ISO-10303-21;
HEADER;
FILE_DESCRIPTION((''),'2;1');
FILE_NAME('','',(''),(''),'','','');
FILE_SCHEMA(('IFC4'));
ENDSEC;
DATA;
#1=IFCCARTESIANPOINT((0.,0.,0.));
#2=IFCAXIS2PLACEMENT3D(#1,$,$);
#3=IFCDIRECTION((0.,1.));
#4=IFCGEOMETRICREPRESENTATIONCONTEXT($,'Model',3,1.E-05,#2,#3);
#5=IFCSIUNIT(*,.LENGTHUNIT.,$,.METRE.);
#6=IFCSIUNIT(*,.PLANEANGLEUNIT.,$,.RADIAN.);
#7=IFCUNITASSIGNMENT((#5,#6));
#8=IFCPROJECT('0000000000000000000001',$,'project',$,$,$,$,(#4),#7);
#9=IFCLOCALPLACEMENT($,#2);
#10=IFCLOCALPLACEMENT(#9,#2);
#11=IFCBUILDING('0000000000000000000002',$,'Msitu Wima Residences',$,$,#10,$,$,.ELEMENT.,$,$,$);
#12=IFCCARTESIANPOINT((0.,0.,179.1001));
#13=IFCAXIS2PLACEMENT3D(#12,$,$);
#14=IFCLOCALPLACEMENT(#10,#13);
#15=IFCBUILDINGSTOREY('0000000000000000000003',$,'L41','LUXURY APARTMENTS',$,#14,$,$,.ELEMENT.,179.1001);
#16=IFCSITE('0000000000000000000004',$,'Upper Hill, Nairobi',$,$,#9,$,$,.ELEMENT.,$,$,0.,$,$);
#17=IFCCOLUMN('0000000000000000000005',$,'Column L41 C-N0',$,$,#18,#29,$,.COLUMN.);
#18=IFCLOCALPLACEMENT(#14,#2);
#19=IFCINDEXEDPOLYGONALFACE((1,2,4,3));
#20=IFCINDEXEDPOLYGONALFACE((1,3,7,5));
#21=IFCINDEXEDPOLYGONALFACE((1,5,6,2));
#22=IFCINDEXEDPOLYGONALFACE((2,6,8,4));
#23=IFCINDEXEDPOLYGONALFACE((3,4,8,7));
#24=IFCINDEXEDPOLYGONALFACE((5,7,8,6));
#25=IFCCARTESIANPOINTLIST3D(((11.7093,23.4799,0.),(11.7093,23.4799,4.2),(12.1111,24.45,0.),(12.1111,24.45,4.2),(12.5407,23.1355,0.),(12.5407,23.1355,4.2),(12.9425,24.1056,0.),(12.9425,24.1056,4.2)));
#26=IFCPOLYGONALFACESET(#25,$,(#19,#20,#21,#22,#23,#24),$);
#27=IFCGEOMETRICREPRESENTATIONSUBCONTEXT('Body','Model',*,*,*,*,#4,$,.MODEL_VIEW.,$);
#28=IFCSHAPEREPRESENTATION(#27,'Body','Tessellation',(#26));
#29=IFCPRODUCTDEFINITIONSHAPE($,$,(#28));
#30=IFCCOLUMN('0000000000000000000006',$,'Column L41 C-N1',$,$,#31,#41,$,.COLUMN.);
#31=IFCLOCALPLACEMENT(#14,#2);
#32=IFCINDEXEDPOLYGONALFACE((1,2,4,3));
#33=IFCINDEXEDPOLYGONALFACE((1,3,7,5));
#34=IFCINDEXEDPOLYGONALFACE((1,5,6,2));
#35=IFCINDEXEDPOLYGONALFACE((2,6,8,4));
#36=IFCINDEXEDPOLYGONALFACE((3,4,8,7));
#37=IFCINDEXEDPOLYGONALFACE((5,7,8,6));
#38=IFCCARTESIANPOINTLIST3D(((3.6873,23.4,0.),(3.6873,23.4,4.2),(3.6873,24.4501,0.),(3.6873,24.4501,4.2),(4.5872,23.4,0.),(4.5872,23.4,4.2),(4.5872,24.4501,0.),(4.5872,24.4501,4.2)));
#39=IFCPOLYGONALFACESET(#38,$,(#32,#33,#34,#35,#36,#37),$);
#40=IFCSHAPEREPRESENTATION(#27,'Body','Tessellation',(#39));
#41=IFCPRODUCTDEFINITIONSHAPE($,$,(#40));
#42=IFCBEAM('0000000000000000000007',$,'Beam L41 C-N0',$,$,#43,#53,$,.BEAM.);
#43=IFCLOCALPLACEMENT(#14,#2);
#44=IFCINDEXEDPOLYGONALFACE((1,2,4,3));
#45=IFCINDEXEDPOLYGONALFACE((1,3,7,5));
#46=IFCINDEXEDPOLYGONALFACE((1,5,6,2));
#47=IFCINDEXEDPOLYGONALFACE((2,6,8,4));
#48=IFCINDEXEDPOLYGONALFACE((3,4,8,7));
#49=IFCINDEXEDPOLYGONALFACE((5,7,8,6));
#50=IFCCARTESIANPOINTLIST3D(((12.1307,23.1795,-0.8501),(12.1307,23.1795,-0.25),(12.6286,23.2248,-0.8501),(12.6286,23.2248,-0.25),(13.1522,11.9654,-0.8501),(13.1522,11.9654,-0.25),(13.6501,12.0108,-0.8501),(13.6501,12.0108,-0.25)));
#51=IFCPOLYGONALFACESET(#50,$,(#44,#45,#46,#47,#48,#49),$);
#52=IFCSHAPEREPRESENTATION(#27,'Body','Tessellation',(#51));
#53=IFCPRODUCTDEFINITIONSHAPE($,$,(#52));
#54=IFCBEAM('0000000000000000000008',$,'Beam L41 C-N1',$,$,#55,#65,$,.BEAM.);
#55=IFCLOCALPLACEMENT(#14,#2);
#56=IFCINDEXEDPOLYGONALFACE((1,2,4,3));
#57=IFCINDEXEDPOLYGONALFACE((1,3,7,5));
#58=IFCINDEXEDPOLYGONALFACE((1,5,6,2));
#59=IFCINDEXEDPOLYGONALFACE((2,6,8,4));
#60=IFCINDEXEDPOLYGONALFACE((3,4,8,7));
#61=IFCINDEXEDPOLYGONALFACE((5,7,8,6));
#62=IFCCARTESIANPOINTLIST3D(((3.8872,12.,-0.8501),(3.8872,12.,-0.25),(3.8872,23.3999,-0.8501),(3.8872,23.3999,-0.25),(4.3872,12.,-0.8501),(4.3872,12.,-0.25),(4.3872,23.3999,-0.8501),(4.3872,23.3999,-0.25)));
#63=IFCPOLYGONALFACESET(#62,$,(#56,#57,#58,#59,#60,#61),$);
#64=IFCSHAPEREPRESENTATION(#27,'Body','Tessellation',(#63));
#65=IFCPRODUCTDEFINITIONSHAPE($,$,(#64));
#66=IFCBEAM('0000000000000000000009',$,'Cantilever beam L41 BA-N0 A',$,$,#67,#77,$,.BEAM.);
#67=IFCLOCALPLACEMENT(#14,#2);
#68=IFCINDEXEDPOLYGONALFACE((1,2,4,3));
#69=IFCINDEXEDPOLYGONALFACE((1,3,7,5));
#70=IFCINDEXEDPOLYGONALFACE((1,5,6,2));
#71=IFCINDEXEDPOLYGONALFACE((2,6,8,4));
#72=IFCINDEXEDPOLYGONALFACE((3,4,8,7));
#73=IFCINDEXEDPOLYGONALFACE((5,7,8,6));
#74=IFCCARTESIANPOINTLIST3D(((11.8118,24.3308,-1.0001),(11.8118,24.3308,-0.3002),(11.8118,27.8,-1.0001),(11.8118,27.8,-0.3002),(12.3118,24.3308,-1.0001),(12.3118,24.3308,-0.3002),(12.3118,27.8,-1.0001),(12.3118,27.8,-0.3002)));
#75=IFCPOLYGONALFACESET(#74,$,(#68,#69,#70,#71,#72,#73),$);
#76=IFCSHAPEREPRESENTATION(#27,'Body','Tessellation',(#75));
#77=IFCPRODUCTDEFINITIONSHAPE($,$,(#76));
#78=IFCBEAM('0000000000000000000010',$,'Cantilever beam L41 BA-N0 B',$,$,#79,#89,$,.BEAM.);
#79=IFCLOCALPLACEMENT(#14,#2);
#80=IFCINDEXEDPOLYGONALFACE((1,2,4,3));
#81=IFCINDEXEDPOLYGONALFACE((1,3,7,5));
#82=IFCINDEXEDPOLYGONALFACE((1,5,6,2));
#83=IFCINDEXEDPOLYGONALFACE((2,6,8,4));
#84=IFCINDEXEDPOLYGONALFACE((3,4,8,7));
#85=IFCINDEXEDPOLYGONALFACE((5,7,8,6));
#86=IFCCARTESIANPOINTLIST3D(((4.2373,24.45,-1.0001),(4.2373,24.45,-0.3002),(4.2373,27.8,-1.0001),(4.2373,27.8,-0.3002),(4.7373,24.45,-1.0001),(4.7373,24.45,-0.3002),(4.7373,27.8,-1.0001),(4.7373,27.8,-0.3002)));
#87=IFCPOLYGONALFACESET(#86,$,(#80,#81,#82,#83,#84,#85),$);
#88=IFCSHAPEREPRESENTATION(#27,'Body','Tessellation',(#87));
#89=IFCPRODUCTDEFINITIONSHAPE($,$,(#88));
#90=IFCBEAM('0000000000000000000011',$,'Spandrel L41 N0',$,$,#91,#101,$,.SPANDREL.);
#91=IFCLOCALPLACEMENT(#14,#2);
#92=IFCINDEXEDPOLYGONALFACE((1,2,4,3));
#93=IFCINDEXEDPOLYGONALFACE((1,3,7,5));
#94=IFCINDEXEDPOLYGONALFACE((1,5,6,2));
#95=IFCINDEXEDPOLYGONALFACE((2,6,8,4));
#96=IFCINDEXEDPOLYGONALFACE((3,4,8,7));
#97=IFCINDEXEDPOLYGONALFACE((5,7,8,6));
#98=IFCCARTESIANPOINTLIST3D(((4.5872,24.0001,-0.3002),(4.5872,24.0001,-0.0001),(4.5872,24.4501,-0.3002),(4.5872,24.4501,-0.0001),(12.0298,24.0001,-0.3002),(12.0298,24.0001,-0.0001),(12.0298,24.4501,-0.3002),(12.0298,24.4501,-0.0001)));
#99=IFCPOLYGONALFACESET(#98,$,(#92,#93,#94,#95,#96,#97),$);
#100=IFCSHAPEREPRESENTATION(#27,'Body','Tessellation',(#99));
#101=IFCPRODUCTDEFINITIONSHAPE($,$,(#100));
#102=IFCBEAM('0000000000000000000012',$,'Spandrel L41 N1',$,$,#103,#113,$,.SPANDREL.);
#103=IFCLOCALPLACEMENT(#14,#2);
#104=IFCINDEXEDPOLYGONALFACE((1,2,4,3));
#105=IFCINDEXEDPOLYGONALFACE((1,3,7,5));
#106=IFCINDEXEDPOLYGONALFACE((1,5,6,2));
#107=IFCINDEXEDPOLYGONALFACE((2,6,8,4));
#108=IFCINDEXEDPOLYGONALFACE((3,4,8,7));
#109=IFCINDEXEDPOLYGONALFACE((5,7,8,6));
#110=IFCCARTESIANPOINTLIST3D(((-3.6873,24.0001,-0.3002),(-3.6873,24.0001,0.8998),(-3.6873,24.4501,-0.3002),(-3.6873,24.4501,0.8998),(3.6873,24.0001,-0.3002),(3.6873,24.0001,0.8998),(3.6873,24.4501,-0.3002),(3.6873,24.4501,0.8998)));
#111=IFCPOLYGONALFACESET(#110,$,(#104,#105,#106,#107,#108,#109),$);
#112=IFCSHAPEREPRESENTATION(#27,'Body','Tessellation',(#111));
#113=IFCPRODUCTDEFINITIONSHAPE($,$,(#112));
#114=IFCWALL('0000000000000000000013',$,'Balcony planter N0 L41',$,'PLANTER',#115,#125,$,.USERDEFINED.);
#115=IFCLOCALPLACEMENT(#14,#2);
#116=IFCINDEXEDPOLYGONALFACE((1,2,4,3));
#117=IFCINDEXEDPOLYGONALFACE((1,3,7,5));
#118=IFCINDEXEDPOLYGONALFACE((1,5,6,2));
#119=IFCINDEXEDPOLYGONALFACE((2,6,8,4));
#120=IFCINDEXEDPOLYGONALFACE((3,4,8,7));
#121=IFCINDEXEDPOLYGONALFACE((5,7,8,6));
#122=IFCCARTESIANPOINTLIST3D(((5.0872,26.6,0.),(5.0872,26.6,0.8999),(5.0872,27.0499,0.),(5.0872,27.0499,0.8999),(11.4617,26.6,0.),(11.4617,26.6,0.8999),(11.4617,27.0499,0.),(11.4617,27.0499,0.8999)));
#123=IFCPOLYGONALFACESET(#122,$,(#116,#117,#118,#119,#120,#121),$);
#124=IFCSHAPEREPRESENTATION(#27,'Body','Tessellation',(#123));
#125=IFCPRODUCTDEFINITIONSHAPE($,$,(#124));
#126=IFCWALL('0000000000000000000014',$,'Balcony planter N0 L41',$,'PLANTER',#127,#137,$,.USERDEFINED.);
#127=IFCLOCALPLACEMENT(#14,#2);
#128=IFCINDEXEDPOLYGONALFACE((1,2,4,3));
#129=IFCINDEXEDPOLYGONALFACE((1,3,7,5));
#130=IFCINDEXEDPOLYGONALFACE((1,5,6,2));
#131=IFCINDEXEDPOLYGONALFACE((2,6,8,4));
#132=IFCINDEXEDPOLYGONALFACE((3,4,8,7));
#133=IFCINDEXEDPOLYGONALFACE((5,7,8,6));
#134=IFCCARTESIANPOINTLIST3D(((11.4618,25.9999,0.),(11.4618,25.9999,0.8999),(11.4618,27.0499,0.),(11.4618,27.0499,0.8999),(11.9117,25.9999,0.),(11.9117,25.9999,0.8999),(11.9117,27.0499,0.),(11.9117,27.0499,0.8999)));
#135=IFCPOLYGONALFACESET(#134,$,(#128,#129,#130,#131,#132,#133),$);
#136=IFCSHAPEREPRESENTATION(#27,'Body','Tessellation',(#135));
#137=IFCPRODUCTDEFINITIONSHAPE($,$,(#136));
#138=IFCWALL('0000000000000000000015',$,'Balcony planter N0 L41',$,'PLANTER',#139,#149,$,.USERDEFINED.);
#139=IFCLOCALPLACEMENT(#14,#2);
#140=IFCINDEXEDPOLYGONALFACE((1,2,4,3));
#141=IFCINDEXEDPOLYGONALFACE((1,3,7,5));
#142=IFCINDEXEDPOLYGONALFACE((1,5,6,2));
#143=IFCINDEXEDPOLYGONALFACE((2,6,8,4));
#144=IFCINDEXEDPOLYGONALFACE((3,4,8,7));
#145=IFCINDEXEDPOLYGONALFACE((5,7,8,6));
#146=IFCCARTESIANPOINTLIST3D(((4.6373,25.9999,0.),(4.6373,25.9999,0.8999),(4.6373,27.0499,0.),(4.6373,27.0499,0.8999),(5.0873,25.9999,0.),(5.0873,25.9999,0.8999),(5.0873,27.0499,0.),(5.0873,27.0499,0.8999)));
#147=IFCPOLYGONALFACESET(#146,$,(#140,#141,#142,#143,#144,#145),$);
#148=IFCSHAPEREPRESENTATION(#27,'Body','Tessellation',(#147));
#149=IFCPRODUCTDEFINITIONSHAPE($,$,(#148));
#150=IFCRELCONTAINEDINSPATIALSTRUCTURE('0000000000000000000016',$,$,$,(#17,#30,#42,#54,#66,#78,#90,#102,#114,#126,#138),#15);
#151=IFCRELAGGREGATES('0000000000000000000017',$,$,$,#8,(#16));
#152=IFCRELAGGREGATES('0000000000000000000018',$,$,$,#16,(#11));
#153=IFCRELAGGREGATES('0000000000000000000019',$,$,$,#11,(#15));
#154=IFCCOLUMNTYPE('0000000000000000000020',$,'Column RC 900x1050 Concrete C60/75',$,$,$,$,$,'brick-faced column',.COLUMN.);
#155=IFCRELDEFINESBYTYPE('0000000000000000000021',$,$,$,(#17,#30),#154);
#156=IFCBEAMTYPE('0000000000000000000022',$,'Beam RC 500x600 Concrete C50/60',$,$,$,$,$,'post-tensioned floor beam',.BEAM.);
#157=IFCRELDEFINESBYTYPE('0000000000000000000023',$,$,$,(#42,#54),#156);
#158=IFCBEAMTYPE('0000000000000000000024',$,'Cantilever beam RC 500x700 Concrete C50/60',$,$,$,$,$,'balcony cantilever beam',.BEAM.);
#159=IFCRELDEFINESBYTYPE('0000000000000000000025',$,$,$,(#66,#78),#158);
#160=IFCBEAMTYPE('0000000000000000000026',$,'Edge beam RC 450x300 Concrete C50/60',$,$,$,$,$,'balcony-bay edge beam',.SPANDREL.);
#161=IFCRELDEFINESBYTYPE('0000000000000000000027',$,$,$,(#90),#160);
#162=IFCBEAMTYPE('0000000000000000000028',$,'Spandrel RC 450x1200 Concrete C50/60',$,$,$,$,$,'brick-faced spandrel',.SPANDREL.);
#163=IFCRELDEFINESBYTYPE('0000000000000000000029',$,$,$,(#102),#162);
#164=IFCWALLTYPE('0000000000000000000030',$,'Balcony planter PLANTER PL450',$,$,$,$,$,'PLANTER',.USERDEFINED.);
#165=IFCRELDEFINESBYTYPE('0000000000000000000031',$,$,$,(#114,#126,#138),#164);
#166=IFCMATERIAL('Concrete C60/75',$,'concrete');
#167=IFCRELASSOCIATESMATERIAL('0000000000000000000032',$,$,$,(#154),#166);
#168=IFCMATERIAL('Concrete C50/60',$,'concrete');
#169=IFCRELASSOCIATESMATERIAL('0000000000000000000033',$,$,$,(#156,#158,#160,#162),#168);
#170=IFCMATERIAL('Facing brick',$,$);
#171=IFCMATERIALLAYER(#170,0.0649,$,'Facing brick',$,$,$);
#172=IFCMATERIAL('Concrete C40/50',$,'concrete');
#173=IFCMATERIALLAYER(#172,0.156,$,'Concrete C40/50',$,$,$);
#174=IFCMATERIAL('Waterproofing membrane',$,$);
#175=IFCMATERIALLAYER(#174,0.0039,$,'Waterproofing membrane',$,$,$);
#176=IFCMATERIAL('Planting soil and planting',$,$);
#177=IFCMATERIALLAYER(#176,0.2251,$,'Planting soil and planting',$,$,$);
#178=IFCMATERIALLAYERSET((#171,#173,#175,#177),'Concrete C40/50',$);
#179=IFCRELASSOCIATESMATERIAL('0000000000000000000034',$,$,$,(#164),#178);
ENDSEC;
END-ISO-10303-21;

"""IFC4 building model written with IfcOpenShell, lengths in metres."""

from ifc_helpers import new_model, si_unit, direction, frame, frame_2d, origin, origin_2d, place, context, subcontext, project, spatial, rectangle, extrude, material, layer, layer_set, material_profile, profile_set, type_object, element, save


model = new_model("IFC4")

# Units and contexts
model_context = context("Model", 3, precision=1e-05, world=origin(), true_north=direction((0.0, 1.0)))
body_context = subcontext(model_context, "Body", "Model", "MODEL_VIEW")
ifc_project = project(units=[si_unit("LENGTHUNIT", "METRE"), si_unit("PLANEANGLEUNIT", "RADIAN")], contexts=[model_context])

# Site, building, storey
site_placement = place(None, origin())
site = spatial("IfcSite", under=ifc_project, at=site_placement, Name="Upper Hill, Nairobi", CompositionType="ELEMENT", RefElevation=0.0)
building_placement = place(site_placement, origin())
building = spatial("IfcBuilding", under=site, at=building_placement, Name="Msitu Wima Residences", CompositionType="ELEMENT")
storey_placement = place(building_placement, frame((0.0, 0.0, 179.1001)))
storey = spatial("IfcBuildingStorey", under=building, at=storey_placement, Name="L41", Description="LUXURY APARTMENTS", CompositionType="ELEMENT", Elevation=179.1001)

# Columns
ifc_material_1 = material(Name="Concrete C60/75", Category="concrete")
ifc_material_profile_1 = material_profile(ifc_material_1, rectangle(XDim=0.8999, YDim=1.05, at=origin_2d()), Name="RC 900x1050")
ifc_profile_set_1 = profile_set([ifc_material_profile_1], Name="Concrete C60/75")
column_type = type_object("IfcColumnType", Name="Column RC 900x1050 Concrete C60/75", ElementType="brick-faced column", PredefinedType="COLUMN", material=ifc_profile_set_1)
for number, where, z_axis, x_axis, name in (
    (1, (12.3259, 23.7927, 0.0), (0.0, 0.0, 1.0), (-0.92388, 0.382683, 0.0), "Column L41 C-N0"),
    (2, (4.1372, 23.925, 0.0), (0.0, 0.0, 1.0), (-1.0, 0.0, 0.0), "Column L41 C-N1"),
):
    element("IfcColumn", number, at=place(storey_placement, frame(where, z_axis=z_axis, x_axis=x_axis)), inside=storey, type_object=column_type, Name=name, PredefinedType="COLUMN", context=body_context, shape_type="SweptSolid", body=[
        extrude(rectangle(XDim=0.8999, YDim=1.05, at=origin_2d()), origin(), (0.0, 0.0, 1.0), 4.2),
    ])

# Beams
ifc_material_2 = material(Name="Concrete C50/60", Category="concrete")
ifc_material_profile_2 = material_profile(ifc_material_2, rectangle(XDim=0.5, YDim=0.6001, at=origin_2d()), Name="RC 500x600")
ifc_profile_set_2 = profile_set([ifc_material_profile_2], Name="Concrete C50/60")
beam_type_1 = type_object("IfcBeamType", Name="Beam RC 500x600 Concrete C50/60", ElementType="post-tensioned floor beam", PredefinedType="BEAM", material=ifc_profile_set_2)
beam_1_placement = place(storey_placement, frame((12.3796, 23.2021, -0.55), z_axis=(0.090714, -0.995877, 0.0), x_axis=(0.995877, 0.090714, 0.0)))
element("IfcBeam", 3, at=beam_1_placement, inside=storey, type_object=beam_type_1, Name="Beam L41 C-N0", PredefinedType="BEAM", context=body_context, shape_type="SweptSolid", body=[
    extrude(rectangle(XDim=0.5, YDim=0.6001, at=origin_2d()), origin(), (0.0, 0.0, 1.0), 11.2605),
])
beam_2_placement = place(storey_placement, frame((4.1372, 23.3999, -0.55), z_axis=(0.0, -1.0, 0.0), x_axis=(1.0, 0.0, 0.0)))
element("IfcBeam", 4, at=beam_2_placement, inside=storey, type_object=beam_type_1, Name="Beam L41 C-N1", PredefinedType="BEAM", context=body_context, shape_type="SweptSolid", body=[
    extrude(rectangle(XDim=0.5, YDim=0.6001, at=origin_2d()), origin(), (0.0, 0.0, 1.0), 11.3999),
])
ifc_material_profile_3 = material_profile(ifc_material_2, rectangle(XDim=0.5, YDim=0.7, at=origin_2d()), Name="RC 500x700")
ifc_profile_set_3 = profile_set([ifc_material_profile_3], Name="Concrete C50/60")
beam_type_2 = type_object("IfcBeamType", Name="Cantilever beam RC 500x700 Concrete C50/60", ElementType="balcony cantilever beam", PredefinedType="BEAM", material=ifc_profile_set_3)
beam_3_placement = place(storey_placement, frame((12.0618, 24.3308, -0.6501), z_axis=(0.0, 1.0, 0.0), x_axis=(-1.0, 0.0, 0.0)))
element("IfcBeam", 5, at=beam_3_placement, inside=storey, type_object=beam_type_2, Name="Cantilever beam L41 BA-N0 A", PredefinedType="BEAM", context=body_context, shape_type="SweptSolid", body=[
    extrude(rectangle(XDim=0.5, YDim=0.7, at=origin_2d()), origin(), (0.0, 0.0, 1.0), 3.4692),
])
beam_4_placement = place(storey_placement, frame((4.4873, 24.45, -0.6501), z_axis=(0.0, 1.0, 0.0), x_axis=(-1.0, 0.0, 0.0)))
element("IfcBeam", 6, at=beam_4_placement, inside=storey, type_object=beam_type_2, Name="Cantilever beam L41 BA-N0 B", PredefinedType="BEAM", context=body_context, shape_type="SweptSolid", body=[
    extrude(rectangle(XDim=0.5, YDim=0.7, at=origin_2d()), origin(), (0.0, 0.0, 1.0), 3.3501),
])
ifc_material_profile_4 = material_profile(ifc_material_2, rectangle(XDim=0.45, YDim=0.3, at=origin_2d()), Name="RC 450x300")
ifc_profile_set_4 = profile_set([ifc_material_profile_4], Name="Concrete C50/60")
beam_type_3 = type_object("IfcBeamType", Name="Edge beam RC 450x300 Concrete C50/60", ElementType="balcony-bay edge beam", PredefinedType="SPANDREL", material=ifc_profile_set_4)
beam_5_placement = place(storey_placement, frame((12.0298, 24.2251, -0.1501), z_axis=(-1.0, 0.0, 0.0), x_axis=(0.0, -1.0, 0.0)))
element("IfcBeam", 7, at=beam_5_placement, inside=storey, type_object=beam_type_3, Name="Spandrel L41 N0", PredefinedType="SPANDREL", context=body_context, shape_type="SweptSolid", body=[
    extrude(rectangle(XDim=0.45, YDim=0.3, at=origin_2d()), origin(), (0.0, 0.0, 1.0), 7.4426),
])
ifc_material_profile_5 = material_profile(ifc_material_2, rectangle(XDim=0.45, YDim=1.2, at=origin_2d()), Name="RC 450x1200")
ifc_profile_set_5 = profile_set([ifc_material_profile_5], Name="Concrete C50/60")
beam_type_4 = type_object("IfcBeamType", Name="Spandrel RC 450x1200 Concrete C50/60", ElementType="brick-faced spandrel", PredefinedType="SPANDREL", material=ifc_profile_set_5)
beam_6_placement = place(storey_placement, frame((3.6873, 24.2251, 0.2998), z_axis=(-1.0, 0.0, 0.0), x_axis=(0.0, -1.0, 0.0)))
element("IfcBeam", 8, at=beam_6_placement, inside=storey, type_object=beam_type_4, Name="Spandrel L41 N1", PredefinedType="SPANDREL", context=body_context, shape_type="SweptSolid", body=[
    extrude(rectangle(XDim=0.45, YDim=1.2, at=origin_2d()), origin(), (0.0, 0.0, 1.0), 7.3745),
])

# Walls
ifc_material_3 = material(Name="Facing brick")
ifc_layer_1 = layer(ifc_material_3, 0.0649, Name="Facing brick")
ifc_material_4 = material(Name="Concrete C40/50", Category="concrete")
ifc_layer_2 = layer(ifc_material_4, 0.156, Name="Concrete C40/50")
ifc_material_5 = material(Name="Waterproofing membrane")
ifc_layer_3 = layer(ifc_material_5, 0.0039, Name="Waterproofing membrane")
ifc_material_6 = material(Name="Planting soil and planting")
ifc_layer_4 = layer(ifc_material_6, 0.2251, Name="Planting soil and planting")
ifc_layer_set_1 = layer_set([ifc_layer_1, ifc_layer_2, ifc_layer_3, ifc_layer_4], Name="Concrete C40/50")
wall_type_1 = type_object("IfcWallType", Name="Balcony planter PLANTER PL450", ElementType="PLANTER", PredefinedType="USERDEFINED", material=ifc_layer_set_1)
wall_1_placement = place(storey_placement, frame((11.4617, 26.825, 0.0), z_axis=(0.0, 0.0, 1.0), x_axis=(-1.0, 0.0, 0.0)))
element("IfcWall", 9, at=wall_1_placement, inside=storey, type_object=wall_type_1, Name="Balcony planter N0 L41", ObjectType="PLANTER", PredefinedType="USERDEFINED", context=body_context, shape_type="SweptSolid", body=[
    extrude(rectangle(XDim=6.3745, YDim=0.45, at=frame_2d((3.1873, 0.0))), origin(), (0.0, 0.0, 1.0), 0.8999),
])
for number, where, z_axis, x_axis, name in (
    (10, (11.6868, 26.0, 0.0), (0.0, 0.0, 1.0), (0.0, 1.0, 0.0), "Balcony planter N0 L41"),
    (11, (4.8623, 26.0, 0.0), (0.0, 0.0, 1.0), (0.0, 1.0, 0.0), "Balcony planter N0 L41"),
):
    element("IfcWall", number, at=place(storey_placement, frame(where, z_axis=z_axis, x_axis=x_axis)), inside=storey, type_object=wall_type_1, Name=name, ObjectType="PLANTER", PredefinedType="USERDEFINED", context=body_context, shape_type="SweptSolid", body=[
        extrude(rectangle(XDim=1.05, YDim=0.45, at=frame_2d((0.5249, 0.0))), origin(), (0.0, 0.0, 1.0), 0.8999),
    ])

save(model, "model.ifc")
